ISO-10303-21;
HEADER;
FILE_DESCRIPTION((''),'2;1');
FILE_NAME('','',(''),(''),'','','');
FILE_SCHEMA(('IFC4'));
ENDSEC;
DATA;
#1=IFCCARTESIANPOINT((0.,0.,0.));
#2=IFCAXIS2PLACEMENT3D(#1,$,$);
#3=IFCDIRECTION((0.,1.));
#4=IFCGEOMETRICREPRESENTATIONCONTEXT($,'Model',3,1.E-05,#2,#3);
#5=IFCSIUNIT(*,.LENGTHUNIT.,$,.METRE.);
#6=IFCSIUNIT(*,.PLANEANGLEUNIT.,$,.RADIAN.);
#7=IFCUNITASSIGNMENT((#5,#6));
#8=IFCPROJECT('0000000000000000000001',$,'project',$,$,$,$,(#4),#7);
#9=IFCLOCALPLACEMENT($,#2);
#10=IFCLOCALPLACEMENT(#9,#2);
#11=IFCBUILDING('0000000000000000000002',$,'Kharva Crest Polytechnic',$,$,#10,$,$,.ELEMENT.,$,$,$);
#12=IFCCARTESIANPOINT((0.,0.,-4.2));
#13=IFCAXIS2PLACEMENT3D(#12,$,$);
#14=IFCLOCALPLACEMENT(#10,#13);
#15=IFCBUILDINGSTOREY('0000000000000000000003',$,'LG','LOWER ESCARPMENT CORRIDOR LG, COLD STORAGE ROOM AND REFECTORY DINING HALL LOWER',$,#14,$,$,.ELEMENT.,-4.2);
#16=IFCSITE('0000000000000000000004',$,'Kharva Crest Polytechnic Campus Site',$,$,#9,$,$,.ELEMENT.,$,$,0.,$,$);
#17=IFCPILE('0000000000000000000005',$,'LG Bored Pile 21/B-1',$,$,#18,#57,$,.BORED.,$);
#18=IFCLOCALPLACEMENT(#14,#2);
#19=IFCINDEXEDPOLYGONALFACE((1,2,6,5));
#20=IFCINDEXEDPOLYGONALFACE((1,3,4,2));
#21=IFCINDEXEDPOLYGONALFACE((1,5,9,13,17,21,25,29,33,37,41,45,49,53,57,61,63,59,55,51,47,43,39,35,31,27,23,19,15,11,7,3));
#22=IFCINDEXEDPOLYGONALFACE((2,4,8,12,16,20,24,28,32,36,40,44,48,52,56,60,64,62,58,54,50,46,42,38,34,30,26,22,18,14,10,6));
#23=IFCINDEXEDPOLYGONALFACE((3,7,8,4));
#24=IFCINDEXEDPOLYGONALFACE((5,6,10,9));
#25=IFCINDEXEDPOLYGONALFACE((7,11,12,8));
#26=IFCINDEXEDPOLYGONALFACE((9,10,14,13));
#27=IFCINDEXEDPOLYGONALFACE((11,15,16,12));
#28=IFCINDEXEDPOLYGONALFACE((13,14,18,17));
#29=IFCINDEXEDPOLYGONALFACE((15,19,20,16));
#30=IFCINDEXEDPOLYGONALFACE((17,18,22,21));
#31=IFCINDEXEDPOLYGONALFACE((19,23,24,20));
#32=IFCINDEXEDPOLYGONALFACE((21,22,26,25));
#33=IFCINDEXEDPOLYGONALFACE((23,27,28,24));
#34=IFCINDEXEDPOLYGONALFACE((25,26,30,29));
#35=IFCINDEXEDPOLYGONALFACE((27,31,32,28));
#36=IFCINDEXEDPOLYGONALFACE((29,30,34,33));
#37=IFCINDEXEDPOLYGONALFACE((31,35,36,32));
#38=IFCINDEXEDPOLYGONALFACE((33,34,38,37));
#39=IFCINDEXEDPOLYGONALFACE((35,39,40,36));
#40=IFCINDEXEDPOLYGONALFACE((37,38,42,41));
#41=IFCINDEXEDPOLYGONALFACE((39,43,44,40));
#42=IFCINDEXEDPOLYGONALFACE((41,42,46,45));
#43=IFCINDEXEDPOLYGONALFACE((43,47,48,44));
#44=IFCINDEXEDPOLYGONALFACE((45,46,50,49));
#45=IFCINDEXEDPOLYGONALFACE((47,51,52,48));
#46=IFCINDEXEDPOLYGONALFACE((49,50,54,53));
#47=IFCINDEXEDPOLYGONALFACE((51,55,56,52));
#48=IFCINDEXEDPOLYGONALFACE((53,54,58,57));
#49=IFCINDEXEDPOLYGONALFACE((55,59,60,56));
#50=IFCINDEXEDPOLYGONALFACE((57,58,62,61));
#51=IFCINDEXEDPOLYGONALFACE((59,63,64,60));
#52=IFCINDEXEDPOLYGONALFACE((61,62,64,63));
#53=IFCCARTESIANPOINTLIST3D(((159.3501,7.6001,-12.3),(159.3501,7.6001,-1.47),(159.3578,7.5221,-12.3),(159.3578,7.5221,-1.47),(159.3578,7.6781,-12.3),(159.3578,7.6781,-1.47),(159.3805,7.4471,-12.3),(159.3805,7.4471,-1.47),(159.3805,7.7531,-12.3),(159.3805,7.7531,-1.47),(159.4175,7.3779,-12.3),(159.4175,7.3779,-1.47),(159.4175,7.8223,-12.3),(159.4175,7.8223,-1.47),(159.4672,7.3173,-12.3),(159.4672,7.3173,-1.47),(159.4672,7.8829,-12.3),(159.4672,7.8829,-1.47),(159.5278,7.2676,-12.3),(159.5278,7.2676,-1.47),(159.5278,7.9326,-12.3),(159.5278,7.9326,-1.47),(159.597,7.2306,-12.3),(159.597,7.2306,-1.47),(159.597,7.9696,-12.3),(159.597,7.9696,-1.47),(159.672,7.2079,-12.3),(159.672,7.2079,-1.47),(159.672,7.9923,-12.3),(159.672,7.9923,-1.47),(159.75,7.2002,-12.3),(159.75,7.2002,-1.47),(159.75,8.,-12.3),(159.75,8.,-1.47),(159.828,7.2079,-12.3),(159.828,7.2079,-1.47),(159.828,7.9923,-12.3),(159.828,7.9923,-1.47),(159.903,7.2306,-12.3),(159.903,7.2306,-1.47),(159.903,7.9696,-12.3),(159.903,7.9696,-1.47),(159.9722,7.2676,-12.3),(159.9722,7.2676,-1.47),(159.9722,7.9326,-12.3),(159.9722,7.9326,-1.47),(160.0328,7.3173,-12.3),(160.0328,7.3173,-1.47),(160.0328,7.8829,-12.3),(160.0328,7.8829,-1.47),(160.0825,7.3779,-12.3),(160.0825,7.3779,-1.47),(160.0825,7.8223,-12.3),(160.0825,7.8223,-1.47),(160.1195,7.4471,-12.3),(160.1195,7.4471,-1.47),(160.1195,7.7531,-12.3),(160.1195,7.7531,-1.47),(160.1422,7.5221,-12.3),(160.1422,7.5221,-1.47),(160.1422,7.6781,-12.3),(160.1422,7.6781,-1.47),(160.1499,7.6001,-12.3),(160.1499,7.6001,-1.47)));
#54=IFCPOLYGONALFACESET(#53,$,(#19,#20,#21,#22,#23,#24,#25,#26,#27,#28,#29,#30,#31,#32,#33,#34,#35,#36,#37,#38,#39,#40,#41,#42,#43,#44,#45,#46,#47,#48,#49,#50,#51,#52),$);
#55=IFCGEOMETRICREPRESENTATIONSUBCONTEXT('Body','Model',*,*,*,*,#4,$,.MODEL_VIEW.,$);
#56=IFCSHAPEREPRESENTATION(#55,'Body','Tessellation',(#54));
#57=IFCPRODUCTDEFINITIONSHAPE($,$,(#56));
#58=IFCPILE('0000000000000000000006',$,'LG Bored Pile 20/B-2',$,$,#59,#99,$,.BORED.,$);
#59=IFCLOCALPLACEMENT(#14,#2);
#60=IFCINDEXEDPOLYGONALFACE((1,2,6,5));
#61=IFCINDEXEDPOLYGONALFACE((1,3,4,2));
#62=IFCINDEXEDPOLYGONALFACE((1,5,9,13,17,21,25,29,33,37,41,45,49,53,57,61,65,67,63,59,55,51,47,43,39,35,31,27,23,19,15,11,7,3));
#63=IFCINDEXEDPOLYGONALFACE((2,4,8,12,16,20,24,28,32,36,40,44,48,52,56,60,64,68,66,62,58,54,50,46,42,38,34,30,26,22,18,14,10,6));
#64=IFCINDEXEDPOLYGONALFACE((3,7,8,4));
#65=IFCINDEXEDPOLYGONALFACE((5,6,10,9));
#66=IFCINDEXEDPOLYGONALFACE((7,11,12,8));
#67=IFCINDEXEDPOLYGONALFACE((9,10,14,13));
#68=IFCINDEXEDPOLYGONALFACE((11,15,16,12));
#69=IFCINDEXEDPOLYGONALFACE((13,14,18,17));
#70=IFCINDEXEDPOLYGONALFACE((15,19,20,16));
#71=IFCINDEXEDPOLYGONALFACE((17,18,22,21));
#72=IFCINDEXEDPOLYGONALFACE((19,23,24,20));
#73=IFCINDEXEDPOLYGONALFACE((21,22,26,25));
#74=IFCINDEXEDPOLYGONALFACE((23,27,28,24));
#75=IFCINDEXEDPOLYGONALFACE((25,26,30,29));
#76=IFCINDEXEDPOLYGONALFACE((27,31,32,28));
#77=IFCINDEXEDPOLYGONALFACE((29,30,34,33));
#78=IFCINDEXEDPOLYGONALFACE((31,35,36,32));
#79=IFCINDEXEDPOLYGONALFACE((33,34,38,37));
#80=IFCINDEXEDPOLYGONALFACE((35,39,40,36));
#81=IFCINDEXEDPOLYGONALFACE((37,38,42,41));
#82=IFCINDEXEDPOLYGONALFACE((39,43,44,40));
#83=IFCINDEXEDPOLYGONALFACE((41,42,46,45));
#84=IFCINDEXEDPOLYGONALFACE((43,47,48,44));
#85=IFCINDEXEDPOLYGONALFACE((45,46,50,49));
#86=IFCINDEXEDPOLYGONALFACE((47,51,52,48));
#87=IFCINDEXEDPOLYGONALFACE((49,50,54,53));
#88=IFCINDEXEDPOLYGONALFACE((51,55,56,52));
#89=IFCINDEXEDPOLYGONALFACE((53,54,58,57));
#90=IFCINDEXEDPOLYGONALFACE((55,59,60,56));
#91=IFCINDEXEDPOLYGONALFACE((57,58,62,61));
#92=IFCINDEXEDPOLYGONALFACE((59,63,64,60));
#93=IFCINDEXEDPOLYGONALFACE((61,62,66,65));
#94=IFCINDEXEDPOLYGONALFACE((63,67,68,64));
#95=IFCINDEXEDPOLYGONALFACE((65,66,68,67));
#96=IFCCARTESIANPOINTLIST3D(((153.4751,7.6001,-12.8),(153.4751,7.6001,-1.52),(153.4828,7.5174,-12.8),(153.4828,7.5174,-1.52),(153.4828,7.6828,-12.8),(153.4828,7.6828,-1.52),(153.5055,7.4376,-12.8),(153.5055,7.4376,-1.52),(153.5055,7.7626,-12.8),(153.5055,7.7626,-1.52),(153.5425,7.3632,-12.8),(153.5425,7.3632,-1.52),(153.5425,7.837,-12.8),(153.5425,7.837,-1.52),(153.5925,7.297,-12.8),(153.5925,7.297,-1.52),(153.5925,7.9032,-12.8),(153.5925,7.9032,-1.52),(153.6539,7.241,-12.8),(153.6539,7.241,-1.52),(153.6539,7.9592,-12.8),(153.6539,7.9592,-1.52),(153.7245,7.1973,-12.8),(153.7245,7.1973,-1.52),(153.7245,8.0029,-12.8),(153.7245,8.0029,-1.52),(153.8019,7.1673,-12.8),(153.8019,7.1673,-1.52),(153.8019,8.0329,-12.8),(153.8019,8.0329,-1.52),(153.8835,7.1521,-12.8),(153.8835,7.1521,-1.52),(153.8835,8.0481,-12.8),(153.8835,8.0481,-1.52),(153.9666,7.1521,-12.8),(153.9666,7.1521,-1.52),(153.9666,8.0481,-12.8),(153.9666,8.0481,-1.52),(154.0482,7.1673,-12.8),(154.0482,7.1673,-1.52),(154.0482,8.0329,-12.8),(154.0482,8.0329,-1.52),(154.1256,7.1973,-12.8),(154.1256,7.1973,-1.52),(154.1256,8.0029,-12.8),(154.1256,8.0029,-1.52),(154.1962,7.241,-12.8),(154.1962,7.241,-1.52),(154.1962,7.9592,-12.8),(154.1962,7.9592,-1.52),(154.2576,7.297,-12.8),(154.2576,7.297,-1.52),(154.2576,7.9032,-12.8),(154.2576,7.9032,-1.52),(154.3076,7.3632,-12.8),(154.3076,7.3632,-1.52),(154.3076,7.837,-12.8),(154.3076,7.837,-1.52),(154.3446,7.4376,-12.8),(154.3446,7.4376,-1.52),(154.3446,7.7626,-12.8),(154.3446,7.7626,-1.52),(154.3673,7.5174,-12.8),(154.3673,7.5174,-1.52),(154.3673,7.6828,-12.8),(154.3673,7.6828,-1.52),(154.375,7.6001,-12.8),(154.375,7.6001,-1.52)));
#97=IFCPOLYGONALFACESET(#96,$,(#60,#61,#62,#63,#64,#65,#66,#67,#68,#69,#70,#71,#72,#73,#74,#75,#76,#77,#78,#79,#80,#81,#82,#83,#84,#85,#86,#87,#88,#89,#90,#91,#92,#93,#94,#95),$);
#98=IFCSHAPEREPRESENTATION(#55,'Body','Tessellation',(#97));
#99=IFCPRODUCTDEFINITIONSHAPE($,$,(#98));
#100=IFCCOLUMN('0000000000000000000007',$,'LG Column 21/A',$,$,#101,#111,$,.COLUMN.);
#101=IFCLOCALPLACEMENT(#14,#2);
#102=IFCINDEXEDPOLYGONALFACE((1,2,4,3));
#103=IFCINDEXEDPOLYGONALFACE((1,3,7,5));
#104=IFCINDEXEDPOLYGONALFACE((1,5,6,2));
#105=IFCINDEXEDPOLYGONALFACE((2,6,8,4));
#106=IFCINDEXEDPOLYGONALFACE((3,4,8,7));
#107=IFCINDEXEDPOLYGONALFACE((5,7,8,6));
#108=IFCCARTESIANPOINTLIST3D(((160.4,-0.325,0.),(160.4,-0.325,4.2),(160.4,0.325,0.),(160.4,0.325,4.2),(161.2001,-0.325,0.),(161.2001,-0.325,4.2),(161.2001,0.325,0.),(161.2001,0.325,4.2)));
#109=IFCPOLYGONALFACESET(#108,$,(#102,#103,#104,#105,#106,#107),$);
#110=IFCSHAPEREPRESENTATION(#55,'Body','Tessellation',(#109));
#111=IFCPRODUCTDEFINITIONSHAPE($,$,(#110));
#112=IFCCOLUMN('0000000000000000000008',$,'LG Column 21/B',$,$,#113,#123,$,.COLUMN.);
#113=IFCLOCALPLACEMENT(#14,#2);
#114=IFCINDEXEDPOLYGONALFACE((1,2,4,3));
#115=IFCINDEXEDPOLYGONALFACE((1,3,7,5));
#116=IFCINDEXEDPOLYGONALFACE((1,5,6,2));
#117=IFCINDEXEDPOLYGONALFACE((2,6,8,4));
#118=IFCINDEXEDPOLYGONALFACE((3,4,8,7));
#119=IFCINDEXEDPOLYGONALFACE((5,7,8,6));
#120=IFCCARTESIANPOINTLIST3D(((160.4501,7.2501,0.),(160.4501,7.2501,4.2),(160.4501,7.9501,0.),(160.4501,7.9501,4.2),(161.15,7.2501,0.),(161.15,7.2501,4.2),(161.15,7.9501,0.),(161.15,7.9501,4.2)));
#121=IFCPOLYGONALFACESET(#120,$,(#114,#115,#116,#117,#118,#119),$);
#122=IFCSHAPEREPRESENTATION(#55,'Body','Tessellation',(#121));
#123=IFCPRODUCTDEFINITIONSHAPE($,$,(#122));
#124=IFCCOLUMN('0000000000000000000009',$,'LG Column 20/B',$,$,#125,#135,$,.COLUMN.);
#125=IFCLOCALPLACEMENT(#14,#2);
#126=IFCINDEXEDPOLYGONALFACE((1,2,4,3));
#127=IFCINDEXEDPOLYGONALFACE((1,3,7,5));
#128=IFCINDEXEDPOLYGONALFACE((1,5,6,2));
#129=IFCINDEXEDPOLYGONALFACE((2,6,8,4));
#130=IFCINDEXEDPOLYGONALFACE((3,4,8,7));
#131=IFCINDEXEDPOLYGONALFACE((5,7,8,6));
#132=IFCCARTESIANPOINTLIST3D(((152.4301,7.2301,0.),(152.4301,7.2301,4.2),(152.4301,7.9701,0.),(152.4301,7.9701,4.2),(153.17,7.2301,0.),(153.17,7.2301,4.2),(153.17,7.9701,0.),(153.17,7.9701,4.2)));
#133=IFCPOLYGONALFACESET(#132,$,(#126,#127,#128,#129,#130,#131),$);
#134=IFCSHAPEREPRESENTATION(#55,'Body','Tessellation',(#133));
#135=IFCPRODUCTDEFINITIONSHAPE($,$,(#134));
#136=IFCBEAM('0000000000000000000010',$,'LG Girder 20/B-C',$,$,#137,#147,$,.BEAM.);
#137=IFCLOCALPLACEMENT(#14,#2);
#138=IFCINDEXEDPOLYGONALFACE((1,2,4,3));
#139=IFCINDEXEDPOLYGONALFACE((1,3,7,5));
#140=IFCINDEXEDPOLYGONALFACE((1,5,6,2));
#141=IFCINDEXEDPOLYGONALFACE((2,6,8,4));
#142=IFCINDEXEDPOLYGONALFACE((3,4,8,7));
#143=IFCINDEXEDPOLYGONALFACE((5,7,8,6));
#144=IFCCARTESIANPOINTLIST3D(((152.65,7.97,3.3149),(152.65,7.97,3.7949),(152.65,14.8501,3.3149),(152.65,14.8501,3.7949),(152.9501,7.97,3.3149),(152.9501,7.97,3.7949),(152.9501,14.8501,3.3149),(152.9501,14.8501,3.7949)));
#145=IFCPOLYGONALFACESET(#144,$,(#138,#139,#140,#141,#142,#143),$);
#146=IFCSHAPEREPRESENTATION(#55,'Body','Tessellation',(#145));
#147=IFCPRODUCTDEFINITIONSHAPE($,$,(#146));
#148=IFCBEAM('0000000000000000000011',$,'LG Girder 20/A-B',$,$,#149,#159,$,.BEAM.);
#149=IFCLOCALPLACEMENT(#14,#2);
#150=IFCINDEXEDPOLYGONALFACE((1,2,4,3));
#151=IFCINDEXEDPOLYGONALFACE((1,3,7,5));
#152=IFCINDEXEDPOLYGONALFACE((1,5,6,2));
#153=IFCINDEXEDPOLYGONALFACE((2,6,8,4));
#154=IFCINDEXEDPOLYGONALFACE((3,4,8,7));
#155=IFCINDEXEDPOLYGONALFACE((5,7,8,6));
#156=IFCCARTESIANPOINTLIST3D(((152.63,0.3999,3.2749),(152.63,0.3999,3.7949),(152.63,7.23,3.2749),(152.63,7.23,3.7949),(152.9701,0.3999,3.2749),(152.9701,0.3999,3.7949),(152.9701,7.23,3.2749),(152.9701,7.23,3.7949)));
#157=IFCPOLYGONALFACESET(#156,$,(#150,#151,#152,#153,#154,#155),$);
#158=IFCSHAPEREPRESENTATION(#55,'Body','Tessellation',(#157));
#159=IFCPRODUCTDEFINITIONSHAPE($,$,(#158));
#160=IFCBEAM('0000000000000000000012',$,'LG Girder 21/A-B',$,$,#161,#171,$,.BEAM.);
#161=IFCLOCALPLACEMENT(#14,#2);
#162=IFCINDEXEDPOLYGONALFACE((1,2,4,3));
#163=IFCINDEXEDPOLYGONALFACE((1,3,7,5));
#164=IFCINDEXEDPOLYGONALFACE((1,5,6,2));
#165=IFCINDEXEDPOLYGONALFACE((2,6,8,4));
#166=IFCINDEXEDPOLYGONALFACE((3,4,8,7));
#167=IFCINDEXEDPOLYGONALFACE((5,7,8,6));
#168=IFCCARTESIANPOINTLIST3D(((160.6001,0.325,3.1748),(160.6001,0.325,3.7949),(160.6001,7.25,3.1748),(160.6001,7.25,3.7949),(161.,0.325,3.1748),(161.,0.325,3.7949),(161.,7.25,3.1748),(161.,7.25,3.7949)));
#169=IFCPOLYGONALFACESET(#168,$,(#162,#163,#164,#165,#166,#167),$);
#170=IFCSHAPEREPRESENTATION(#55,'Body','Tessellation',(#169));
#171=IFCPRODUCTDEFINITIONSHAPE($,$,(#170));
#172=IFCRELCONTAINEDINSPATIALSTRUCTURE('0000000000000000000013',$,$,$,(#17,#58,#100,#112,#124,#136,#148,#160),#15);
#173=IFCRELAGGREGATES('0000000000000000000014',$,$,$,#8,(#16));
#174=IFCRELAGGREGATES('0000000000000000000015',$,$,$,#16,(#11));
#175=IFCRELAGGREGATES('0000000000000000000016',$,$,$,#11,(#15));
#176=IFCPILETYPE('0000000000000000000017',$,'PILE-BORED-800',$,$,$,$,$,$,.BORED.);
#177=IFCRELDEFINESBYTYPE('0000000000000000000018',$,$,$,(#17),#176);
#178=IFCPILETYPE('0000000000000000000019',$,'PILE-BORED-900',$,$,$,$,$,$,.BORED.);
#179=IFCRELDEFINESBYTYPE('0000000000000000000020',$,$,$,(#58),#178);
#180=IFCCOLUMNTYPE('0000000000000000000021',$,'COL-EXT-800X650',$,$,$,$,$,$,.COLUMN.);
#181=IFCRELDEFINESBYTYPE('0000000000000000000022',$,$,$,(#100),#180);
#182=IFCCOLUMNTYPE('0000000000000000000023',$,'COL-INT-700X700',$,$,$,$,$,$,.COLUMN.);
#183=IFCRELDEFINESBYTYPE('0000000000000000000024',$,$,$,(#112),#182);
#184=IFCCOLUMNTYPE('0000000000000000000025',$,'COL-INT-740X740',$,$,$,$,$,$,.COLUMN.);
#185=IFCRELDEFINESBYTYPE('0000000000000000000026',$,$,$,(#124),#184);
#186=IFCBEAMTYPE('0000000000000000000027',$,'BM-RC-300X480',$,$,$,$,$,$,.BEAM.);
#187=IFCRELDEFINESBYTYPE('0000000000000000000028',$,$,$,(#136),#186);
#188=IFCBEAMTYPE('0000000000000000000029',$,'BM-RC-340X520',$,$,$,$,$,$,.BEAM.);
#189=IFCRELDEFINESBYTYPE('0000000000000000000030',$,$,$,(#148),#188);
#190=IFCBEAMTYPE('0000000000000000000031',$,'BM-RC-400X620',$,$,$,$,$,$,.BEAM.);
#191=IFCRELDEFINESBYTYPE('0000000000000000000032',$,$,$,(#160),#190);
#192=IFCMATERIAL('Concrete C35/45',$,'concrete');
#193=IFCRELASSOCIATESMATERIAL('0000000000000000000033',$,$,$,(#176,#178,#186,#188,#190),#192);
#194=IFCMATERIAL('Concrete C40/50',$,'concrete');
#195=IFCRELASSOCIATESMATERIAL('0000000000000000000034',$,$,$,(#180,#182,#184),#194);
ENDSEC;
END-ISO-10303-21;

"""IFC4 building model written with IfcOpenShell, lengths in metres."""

from ifc_helpers import new_model, si_unit, direction, frame, origin, origin_2d, place, context, subcontext, project, spatial, rectangle, circle, extrude, material, material_profile, profile_set, type_object, element, save


model = new_model("IFC4")

# Units and contexts
model_context = context("Model", 3, precision=1e-05, world=origin(), true_north=direction((0.0, 1.0)))
body_context = subcontext(model_context, "Body", "Model", "MODEL_VIEW")
ifc_project = project(units=[si_unit("LENGTHUNIT", "METRE"), si_unit("PLANEANGLEUNIT", "RADIAN")], contexts=[model_context])

# Site, building, storey
site_placement = place(None, origin())
site = spatial("IfcSite", under=ifc_project, at=site_placement, Name="Kharva Crest Polytechnic Campus Site", CompositionType="ELEMENT", RefElevation=0.0)
building_placement = place(site_placement, origin())
building = spatial("IfcBuilding", under=site, at=building_placement, Name="Kharva Crest Polytechnic", CompositionType="ELEMENT")
storey_placement = place(building_placement, frame((0.0, 0.0, -4.2)))
storey = spatial("IfcBuildingStorey", under=building, at=storey_placement, Name="LG", Description="LOWER ESCARPMENT CORRIDOR LG, COLD STORAGE ROOM AND REFECTORY DINING HALL LOWER", CompositionType="ELEMENT", Elevation=-4.2)

# Shared definitions
ifc_material_1 = material(Name="Concrete C35/45", Category="concrete")

# Piles
ifc_material_profile_1 = material_profile(ifc_material_1, circle(Radius=0.3999, at=origin_2d()), Name="DIA 800")
ifc_profile_set_1 = profile_set([ifc_material_profile_1], Name="Concrete C35/45")
pile_type_1 = type_object("IfcPileType", Name="PILE-BORED-800", PredefinedType="BORED", material=ifc_profile_set_1)
for number, where, z_axis, x_axis, name in (
    (1, (159.75, 7.6001, -1.47), (0.0, 0.0, -1.0), (1.0, 0.0, 0.0), "LG Bored Pile 21/B-1"),
):
    element("IfcPile", number, at=place(storey_placement, frame(where, z_axis=z_axis, x_axis=x_axis)), inside=storey, type_object=pile_type_1, Name=name, PredefinedType="BORED", context=body_context, shape_type="SweptSolid", body=[
        extrude(circle(Radius=0.3999, at=origin_2d()), origin(), (0.0, 0.0, 1.0), 10.8301),
    ])
ifc_material_profile_2 = material_profile(ifc_material_1, circle(Radius=0.45, at=origin_2d()), Name="DIA 900")
ifc_profile_set_2 = profile_set([ifc_material_profile_2], Name="Concrete C35/45")
pile_type_2 = type_object("IfcPileType", Name="PILE-BORED-900", PredefinedType="BORED", material=ifc_profile_set_2)
pile_placement = place(storey_placement, frame((153.925, 7.6001, -1.52), z_axis=(0.0, 0.0, -1.0), x_axis=(1.0, 0.0, 0.0)))
element("IfcPile", 2, at=pile_placement, inside=storey, type_object=pile_type_2, Name="LG Bored Pile 20/B-2", PredefinedType="BORED", context=body_context, shape_type="SweptSolid", body=[
    extrude(circle(Radius=0.45, at=origin_2d()), origin(), (0.0, 0.0, 1.0), 11.28),
])

# Columns
ifc_material_2 = material(Name="Concrete C40/50", Category="concrete")
ifc_material_profile_3 = material_profile(ifc_material_2, rectangle(XDim=0.8, YDim=0.6499, at=origin_2d()), Name="RECT 800 X 650")
ifc_profile_set_3 = profile_set([ifc_material_profile_3], Name="Concrete C40/50")
column_type_1 = type_object("IfcColumnType", Name="COL-EXT-800X650", PredefinedType="COLUMN", material=ifc_profile_set_3)
column_1_placement = place(storey_placement, frame((160.8, 0.0, 0.0), z_axis=(0.0, 0.0, 1.0), x_axis=(1.0, 0.0, 0.0)))
element("IfcColumn", 3, at=column_1_placement, inside=storey, type_object=column_type_1, Name="LG Column 21/A", PredefinedType="COLUMN", context=body_context, shape_type="SweptSolid", body=[
    extrude(rectangle(XDim=0.8, YDim=0.6499, at=origin_2d()), origin(), (0.0, 0.0, 1.0), 4.2),
])
ifc_material_profile_4 = material_profile(ifc_material_2, rectangle(XDim=0.7, YDim=0.7, at=origin_2d()), Name="RECT 700 X 700")
ifc_profile_set_4 = profile_set([ifc_material_profile_4], Name="Concrete C40/50")
column_type_2 = type_object("IfcColumnType", Name="COL-INT-700X700", PredefinedType="COLUMN", material=ifc_profile_set_4)
column_2_placement = place(storey_placement, frame((160.8, 7.6001, 0.0), z_axis=(0.0, 0.0, 1.0), x_axis=(1.0, 0.0, 0.0)))
element("IfcColumn", 4, at=column_2_placement, inside=storey, type_object=column_type_2, Name="LG Column 21/B", PredefinedType="COLUMN", context=body_context, shape_type="SweptSolid", body=[
    extrude(rectangle(XDim=0.7, YDim=0.7, at=origin_2d()), origin(), (0.0, 0.0, 1.0), 4.2),
])
ifc_material_profile_5 = material_profile(ifc_material_2, rectangle(XDim=0.74, YDim=0.74, at=origin_2d()), Name="RECT 740 X 740")
ifc_profile_set_5 = profile_set([ifc_material_profile_5], Name="Concrete C40/50")
column_type_3 = type_object("IfcColumnType", Name="COL-INT-740X740", PredefinedType="COLUMN", material=ifc_profile_set_5)
column_3_placement = place(storey_placement, frame((152.8, 7.6001, 0.0), z_axis=(0.0, 0.0, 1.0), x_axis=(1.0, 0.0, 0.0)))
element("IfcColumn", 5, at=column_3_placement, inside=storey, type_object=column_type_3, Name="LG Column 20/B", PredefinedType="COLUMN", context=body_context, shape_type="SweptSolid", body=[
    extrude(rectangle(XDim=0.74, YDim=0.74, at=origin_2d()), origin(), (0.0, 0.0, 1.0), 4.2),
])

# Beams
ifc_material_profile_6 = material_profile(ifc_material_1, rectangle(XDim=0.3, YDim=0.48, at=origin_2d()), Name="RECT 300 X 480")
ifc_profile_set_6 = profile_set([ifc_material_profile_6], Name="Concrete C35/45")
beam_type_1 = type_object("IfcBeamType", Name="BM-RC-300X480", PredefinedType="BEAM", material=ifc_profile_set_6)
beam_1_placement = place(storey_placement, frame((152.8, 7.97, 3.5549), z_axis=(0.0, 1.0, 0.0), x_axis=(-1.0, 0.0, 0.0)))
element("IfcBeam", 6, at=beam_1_placement, inside=storey, type_object=beam_type_1, Name="LG Girder 20/B-C", PredefinedType="BEAM", context=body_context, shape_type="SweptSolid", body=[
    extrude(rectangle(XDim=0.3, YDim=0.48, at=origin_2d()), origin(), (0.0, 0.0, 1.0), 6.8801),
])
ifc_material_profile_7 = material_profile(ifc_material_1, rectangle(XDim=0.3401, YDim=0.52, at=origin_2d()), Name="RECT 340 X 520")
ifc_profile_set_7 = profile_set([ifc_material_profile_7], Name="Concrete C35/45")
beam_type_2 = type_object("IfcBeamType", Name="BM-RC-340X520", PredefinedType="BEAM", material=ifc_profile_set_7)
beam_2_placement = place(storey_placement, frame((152.8, 0.3999, 3.5349), z_axis=(0.0, 1.0, 0.0), x_axis=(-1.0, 0.0, 0.0)))
element("IfcBeam", 7, at=beam_2_placement, inside=storey, type_object=beam_type_2, Name="LG Girder 20/A-B", PredefinedType="BEAM", context=body_context, shape_type="SweptSolid", body=[
    extrude(rectangle(XDim=0.3401, YDim=0.52, at=origin_2d()), origin(), (0.0, 0.0, 1.0), 6.8301),
])
ifc_material_profile_8 = material_profile(ifc_material_1, rectangle(XDim=0.3999, YDim=0.6201, at=origin_2d()), Name="RECT 400 X 620")
ifc_profile_set_8 = profile_set([ifc_material_profile_8], Name="Concrete C35/45")
beam_type_3 = type_object("IfcBeamType", Name="BM-RC-400X620", PredefinedType="BEAM", material=ifc_profile_set_8)
beam_3_placement = place(storey_placement, frame((160.8, 0.325, 3.4849), z_axis=(0.0, 1.0, 0.0), x_axis=(-1.0, 0.0, 0.0)))
element("IfcBeam", 8, at=beam_3_placement, inside=storey, type_object=beam_type_3, Name="LG Girder 21/A-B", PredefinedType="BEAM", context=body_context, shape_type="SweptSolid", body=[
    extrude(rectangle(XDim=0.3999, YDim=0.6201, at=origin_2d()), origin(), (0.0, 0.0, 1.0), 6.925),
])

save(model, "model.ifc")
